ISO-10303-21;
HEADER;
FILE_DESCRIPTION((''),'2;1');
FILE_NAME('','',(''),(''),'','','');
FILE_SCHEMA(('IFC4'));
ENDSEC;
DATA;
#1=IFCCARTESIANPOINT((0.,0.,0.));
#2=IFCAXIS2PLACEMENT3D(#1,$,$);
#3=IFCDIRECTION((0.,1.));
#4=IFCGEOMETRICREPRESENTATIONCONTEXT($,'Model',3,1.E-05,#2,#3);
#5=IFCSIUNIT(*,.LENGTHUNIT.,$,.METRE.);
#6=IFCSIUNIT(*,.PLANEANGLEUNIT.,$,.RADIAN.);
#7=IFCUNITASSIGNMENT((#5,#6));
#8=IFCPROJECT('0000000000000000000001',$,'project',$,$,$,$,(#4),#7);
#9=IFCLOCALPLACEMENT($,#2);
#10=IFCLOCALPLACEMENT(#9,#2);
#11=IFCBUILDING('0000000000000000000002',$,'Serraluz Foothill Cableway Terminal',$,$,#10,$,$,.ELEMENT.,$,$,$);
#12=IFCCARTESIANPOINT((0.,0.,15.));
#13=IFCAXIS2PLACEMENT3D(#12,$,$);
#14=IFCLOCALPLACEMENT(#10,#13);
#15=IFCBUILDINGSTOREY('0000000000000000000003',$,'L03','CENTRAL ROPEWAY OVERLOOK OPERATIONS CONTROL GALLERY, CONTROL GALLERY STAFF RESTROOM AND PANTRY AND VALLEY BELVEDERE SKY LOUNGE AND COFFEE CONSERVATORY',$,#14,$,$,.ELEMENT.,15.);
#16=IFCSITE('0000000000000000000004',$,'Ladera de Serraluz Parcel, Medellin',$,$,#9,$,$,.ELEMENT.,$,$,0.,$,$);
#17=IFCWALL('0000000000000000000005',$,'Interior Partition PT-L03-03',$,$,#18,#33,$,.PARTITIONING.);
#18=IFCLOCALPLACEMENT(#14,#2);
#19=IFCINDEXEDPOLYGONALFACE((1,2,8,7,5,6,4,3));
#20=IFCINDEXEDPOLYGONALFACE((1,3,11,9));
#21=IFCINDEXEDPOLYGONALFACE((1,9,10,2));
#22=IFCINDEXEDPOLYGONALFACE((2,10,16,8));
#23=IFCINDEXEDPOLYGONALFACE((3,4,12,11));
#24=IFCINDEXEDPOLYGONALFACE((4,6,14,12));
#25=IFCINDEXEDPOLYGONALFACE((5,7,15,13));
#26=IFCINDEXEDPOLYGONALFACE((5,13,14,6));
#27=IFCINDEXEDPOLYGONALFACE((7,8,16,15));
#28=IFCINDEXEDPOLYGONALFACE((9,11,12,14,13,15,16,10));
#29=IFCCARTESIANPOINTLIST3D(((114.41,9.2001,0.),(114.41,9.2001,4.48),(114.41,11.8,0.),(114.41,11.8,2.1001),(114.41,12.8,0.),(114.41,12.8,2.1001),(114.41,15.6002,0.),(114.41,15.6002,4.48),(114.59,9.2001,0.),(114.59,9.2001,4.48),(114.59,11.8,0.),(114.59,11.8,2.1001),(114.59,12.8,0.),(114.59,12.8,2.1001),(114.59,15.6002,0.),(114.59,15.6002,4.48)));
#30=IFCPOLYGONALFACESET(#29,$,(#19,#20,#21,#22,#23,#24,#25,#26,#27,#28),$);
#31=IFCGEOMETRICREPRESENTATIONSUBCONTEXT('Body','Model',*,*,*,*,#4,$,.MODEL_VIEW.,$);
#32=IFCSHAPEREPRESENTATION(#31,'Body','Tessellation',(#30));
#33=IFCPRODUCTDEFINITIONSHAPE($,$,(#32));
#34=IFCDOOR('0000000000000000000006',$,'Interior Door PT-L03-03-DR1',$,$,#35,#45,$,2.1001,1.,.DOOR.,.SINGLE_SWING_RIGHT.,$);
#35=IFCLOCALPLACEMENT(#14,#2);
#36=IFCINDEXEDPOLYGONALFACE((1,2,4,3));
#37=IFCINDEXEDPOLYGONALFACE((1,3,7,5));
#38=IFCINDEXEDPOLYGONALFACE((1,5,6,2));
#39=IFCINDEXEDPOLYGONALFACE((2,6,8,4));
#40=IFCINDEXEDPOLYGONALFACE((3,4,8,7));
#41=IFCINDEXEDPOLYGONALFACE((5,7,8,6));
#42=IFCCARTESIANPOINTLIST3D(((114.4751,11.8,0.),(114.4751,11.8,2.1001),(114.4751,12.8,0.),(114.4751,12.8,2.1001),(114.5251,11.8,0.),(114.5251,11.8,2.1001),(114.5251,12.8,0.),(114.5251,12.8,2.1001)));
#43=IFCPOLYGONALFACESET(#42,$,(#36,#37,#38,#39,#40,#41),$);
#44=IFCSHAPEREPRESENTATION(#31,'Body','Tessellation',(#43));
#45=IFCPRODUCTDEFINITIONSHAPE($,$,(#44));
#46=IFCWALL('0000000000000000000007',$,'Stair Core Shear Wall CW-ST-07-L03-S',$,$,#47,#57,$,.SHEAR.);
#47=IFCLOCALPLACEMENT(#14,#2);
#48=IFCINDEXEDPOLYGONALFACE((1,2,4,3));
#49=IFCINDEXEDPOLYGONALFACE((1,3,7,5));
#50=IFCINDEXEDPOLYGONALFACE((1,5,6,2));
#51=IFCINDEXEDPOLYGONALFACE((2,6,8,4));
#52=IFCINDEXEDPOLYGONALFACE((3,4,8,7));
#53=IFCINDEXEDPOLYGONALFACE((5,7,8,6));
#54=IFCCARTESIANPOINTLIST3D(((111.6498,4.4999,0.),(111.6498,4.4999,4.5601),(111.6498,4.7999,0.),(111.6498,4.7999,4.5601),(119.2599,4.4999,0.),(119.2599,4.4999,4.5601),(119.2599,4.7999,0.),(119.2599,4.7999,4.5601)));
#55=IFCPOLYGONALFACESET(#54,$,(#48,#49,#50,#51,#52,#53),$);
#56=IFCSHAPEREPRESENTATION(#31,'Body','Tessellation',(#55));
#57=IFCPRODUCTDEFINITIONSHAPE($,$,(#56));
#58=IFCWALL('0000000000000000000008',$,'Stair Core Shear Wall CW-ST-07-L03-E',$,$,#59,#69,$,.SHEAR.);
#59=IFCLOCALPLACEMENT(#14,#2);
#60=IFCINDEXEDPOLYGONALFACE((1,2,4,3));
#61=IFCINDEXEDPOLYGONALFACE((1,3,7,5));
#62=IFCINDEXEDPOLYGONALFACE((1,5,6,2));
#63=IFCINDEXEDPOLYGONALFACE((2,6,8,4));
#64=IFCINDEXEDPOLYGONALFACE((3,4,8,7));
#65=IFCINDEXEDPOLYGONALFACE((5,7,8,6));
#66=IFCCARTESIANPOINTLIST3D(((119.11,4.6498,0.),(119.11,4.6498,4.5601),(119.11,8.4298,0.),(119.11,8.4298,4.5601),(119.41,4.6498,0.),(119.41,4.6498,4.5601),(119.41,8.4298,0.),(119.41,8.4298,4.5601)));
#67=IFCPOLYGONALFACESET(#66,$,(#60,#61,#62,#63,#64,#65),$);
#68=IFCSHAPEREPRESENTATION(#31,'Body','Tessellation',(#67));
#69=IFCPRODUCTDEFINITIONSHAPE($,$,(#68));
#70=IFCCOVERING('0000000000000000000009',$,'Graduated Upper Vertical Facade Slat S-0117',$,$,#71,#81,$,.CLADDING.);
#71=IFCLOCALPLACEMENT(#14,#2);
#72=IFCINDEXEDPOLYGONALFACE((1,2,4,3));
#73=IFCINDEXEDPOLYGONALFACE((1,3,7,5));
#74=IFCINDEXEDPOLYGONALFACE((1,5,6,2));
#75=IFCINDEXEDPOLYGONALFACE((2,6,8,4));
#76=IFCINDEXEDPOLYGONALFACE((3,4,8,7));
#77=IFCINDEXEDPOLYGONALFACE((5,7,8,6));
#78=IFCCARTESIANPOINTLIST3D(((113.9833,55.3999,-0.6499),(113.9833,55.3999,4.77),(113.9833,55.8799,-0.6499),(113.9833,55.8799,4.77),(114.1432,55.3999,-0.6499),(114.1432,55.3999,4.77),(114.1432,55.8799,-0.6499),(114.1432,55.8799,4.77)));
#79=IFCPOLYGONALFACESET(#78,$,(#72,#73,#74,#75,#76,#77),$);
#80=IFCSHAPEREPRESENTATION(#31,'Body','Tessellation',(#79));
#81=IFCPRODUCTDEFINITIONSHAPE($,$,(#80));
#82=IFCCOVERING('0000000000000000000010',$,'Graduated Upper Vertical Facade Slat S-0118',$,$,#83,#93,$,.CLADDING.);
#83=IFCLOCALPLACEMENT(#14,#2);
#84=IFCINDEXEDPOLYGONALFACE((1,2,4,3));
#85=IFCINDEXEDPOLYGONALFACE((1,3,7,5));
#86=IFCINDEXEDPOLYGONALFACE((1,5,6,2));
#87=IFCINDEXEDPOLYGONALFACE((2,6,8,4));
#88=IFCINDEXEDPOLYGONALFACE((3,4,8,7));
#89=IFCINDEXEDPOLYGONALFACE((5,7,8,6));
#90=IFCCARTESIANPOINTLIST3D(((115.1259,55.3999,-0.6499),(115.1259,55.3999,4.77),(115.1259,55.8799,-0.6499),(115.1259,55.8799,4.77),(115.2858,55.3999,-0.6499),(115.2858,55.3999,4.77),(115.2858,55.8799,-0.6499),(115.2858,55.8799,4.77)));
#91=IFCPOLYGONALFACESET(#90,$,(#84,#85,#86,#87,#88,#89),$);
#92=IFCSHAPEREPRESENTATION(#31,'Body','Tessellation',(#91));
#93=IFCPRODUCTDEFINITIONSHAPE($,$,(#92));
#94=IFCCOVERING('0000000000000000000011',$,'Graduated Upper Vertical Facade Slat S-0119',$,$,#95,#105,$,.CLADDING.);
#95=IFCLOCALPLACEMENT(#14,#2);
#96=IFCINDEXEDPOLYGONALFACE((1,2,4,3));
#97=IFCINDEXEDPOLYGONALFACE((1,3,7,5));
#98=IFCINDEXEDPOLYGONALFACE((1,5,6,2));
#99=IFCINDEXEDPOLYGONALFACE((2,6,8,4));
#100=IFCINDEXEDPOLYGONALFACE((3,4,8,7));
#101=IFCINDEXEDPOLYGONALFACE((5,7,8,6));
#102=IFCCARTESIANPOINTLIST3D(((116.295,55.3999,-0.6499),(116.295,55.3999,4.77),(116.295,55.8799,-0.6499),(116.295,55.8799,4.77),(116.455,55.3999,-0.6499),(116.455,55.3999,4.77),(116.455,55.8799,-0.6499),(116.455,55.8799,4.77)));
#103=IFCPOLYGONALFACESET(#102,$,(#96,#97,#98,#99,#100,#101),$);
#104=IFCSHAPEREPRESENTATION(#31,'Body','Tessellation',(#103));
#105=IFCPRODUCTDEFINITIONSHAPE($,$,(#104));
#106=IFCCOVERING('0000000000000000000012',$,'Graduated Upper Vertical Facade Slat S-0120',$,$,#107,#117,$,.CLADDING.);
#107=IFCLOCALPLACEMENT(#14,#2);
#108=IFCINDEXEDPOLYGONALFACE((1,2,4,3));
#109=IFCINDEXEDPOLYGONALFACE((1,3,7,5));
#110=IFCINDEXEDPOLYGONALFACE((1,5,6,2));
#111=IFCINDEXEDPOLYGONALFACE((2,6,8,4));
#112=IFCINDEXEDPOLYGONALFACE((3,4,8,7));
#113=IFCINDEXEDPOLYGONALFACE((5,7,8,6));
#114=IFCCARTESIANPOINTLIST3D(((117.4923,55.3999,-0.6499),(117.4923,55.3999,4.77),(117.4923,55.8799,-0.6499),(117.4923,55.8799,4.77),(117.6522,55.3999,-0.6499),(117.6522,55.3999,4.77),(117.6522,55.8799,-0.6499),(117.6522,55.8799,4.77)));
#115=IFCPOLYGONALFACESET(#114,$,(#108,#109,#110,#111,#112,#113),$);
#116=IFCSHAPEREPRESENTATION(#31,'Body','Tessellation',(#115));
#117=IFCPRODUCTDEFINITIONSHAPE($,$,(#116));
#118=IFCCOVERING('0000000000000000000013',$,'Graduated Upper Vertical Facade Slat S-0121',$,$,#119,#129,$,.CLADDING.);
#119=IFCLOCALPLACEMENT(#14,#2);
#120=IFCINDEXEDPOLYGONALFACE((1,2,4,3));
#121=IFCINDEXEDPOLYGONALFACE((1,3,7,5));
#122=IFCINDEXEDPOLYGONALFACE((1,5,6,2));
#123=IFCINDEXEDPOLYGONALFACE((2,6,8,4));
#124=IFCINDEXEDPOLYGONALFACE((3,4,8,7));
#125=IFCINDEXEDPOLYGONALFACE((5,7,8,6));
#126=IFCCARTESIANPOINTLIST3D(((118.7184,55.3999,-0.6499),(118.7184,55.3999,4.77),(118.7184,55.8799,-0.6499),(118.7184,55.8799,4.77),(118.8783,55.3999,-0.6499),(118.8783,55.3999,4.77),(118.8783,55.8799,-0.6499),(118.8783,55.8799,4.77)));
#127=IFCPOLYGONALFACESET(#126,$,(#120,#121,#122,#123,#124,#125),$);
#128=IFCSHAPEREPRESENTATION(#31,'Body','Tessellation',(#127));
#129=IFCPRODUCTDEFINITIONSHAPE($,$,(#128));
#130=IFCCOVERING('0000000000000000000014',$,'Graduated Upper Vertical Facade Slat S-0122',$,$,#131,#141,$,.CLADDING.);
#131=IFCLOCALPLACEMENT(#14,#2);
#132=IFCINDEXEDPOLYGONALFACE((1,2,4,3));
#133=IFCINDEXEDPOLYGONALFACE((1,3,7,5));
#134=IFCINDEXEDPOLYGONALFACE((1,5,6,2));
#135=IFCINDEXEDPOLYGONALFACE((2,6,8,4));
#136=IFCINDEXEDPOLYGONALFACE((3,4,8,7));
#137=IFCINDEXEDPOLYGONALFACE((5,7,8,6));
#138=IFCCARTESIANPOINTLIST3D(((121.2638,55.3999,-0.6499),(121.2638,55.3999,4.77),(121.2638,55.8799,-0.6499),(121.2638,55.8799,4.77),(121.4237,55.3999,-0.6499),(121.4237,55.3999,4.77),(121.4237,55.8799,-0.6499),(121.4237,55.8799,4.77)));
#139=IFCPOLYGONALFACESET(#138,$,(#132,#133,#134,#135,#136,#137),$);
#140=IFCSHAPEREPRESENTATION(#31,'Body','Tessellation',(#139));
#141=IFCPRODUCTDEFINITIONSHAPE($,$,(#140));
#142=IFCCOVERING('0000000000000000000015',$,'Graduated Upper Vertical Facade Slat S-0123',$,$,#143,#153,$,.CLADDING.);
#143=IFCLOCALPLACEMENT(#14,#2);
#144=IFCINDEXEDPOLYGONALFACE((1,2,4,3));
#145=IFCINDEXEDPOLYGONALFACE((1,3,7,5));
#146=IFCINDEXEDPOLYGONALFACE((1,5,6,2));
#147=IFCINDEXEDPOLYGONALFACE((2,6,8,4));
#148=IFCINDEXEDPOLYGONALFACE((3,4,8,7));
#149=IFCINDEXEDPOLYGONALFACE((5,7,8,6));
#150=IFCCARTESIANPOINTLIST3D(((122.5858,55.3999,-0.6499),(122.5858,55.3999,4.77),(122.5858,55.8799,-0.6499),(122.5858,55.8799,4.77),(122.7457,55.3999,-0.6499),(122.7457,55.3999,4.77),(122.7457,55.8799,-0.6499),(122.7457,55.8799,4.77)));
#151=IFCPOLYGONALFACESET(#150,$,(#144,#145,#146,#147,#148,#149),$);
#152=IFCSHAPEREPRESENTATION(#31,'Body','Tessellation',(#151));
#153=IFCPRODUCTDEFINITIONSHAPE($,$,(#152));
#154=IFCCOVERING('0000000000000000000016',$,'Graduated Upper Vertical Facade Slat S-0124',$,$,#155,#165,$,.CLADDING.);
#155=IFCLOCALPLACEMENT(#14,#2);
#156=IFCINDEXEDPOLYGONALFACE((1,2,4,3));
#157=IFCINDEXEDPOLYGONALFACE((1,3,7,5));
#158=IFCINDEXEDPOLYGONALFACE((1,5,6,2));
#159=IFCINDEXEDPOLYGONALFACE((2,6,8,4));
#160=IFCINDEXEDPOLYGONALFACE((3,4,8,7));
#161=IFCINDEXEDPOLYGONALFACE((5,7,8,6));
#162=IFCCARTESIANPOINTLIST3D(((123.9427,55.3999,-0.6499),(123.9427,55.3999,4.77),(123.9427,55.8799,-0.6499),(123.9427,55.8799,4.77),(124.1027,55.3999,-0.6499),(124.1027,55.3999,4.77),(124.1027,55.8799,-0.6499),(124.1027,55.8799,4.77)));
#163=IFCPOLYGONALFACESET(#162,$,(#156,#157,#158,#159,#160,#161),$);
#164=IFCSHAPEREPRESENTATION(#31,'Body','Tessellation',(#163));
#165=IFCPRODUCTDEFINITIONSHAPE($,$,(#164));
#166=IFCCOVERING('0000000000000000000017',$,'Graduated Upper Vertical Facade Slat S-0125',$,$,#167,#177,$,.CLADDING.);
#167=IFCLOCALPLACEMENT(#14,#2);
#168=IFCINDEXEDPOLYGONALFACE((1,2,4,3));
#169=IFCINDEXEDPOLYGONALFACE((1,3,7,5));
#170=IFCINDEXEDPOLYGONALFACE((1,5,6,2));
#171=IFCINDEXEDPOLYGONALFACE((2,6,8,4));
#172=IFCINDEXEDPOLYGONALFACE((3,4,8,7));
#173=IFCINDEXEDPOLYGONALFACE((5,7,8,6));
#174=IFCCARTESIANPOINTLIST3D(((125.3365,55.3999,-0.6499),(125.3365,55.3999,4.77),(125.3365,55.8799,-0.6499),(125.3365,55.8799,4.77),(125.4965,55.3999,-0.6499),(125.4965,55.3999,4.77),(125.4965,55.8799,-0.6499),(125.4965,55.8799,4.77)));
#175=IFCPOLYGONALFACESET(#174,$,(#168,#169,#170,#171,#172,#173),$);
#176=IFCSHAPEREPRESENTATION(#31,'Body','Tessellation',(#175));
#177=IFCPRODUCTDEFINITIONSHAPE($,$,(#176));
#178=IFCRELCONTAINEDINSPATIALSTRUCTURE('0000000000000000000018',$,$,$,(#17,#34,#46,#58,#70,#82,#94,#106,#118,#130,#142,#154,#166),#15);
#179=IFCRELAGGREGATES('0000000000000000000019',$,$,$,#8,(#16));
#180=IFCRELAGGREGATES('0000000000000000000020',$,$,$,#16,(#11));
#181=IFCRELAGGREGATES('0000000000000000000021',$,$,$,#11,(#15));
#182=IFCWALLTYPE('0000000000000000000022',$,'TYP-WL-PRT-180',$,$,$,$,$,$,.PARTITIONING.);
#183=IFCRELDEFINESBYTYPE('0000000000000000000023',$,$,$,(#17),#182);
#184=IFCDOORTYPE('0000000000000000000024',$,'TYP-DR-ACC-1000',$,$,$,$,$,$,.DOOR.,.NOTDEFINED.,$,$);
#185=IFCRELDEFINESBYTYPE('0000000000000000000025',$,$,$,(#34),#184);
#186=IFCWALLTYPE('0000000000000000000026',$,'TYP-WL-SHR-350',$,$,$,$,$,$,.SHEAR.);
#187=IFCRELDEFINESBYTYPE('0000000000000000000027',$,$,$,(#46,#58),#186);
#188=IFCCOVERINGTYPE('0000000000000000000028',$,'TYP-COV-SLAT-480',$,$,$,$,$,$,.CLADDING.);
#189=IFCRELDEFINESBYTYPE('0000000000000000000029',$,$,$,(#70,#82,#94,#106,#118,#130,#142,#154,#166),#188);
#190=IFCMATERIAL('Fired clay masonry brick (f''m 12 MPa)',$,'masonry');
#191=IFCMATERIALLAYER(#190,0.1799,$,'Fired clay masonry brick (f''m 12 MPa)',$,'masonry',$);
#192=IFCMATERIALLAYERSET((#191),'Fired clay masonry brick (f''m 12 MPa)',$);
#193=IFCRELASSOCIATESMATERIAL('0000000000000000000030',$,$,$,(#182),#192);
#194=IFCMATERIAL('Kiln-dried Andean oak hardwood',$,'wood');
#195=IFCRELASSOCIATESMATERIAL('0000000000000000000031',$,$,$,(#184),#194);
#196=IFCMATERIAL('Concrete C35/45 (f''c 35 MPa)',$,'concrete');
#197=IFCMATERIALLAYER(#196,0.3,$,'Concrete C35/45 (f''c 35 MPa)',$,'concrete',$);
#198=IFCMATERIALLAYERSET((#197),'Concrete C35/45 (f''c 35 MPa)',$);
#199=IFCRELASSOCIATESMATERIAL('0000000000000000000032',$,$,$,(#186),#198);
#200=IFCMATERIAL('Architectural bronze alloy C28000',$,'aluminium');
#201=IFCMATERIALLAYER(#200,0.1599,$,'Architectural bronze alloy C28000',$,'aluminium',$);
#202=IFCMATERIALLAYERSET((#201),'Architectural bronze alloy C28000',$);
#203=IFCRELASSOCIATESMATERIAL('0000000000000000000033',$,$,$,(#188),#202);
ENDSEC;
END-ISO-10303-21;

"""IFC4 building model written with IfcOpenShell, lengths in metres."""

from ifc_helpers import new_model, si_unit, direction, frame, frame_2d, origin, origin_2d, place, context, subcontext, project, spatial, rectangle, extrude, material, layer, layer_set, type_object, element, fill, save


model = new_model("IFC4")

# Units and contexts
model_context = context("Model", 3, precision=1e-05, world=origin(), true_north=direction((0.0, 1.0)))
body_context = subcontext(model_context, "Body", "Model", "MODEL_VIEW")
ifc_project = project(units=[si_unit("LENGTHUNIT", "METRE"), si_unit("PLANEANGLEUNIT", "RADIAN")], contexts=[model_context])

# Site, building, storey
site_placement = place(None, origin())
site = spatial("IfcSite", under=ifc_project, at=site_placement, Name="Ladera de Serraluz Parcel, Medellin", CompositionType="ELEMENT", RefElevation=0.0)
building_placement = place(site_placement, origin())
building = spatial("IfcBuilding", under=site, at=building_placement, Name="Serraluz Foothill Cableway Terminal", CompositionType="ELEMENT")
storey_placement = place(building_placement, frame((0.0, 0.0, 15.0)))
storey = spatial("IfcBuildingStorey", under=building, at=storey_placement, Name="L03", Description="CENTRAL ROPEWAY OVERLOOK OPERATIONS CONTROL GALLERY, CONTROL GALLERY STAFF RESTROOM AND PANTRY AND VALLEY BELVEDERE SKY LOUNGE AND COFFEE CONSERVATORY", CompositionType="ELEMENT", Elevation=15.0)

# Shared definitions
ifc_material_1 = material(Name="Fired clay masonry brick (f'm 12 MPa)", Category="masonry")

# Shared definitions
ifc_material_2 = material(Name="Architectural bronze alloy C28000", Category="aluminium")

# Wall, opening, door
ifc_layer_1 = layer(ifc_material_1, 0.1799, Name="Fired clay masonry brick (f'm 12 MPa)", Category="masonry")
ifc_layer_set_1 = layer_set([ifc_layer_1], Name="Fired clay masonry brick (f'm 12 MPa)")
wall_type_1 = type_object("IfcWallType", Name="TYP-WL-PRT-180", PredefinedType="PARTITIONING", material=ifc_layer_set_1)
wall_1_placement = place(storey_placement, frame((114.5, 9.2, 0.0), z_axis=(0.0, 0.0, 1.0), x_axis=(0.0, 1.0, 0.0)))
wall_1 = element("IfcWall", 1, at=wall_1_placement, inside=storey, type_object=wall_type_1, Name="Interior Partition PT-L03-03", PredefinedType="PARTITIONING", context=body_context, shape_type="SweptSolid", body=[
    extrude(rectangle(XDim=6.4001, YDim=0.1799, at=frame_2d((3.2002, 0.0))), origin(), (0.0, 0.0, 1.0), 4.48),
])
opening_1_placement = place(wall_1_placement, frame((2.6001, 0.0, 0.0)))
opening_1 = element("IfcOpeningElement", 2, at=opening_1_placement, cuts=wall_1, PredefinedType="OPENING", context=body_context, shape_type="SweptSolid", body=[
    extrude(rectangle(XDim=1.0, YDim=2.1001, at=frame_2d((0.5, 1.05))), frame((0.0, 0.1001, 0.0), z_axis=(0.0, -1.0, 0.0), x_axis=(1.0, 0.0, 0.0)), (0.0, 0.0, 1.0), 0.2),
])
ifc_material_3 = material(Name="Kiln-dried Andean oak hardwood", Category="wood")
door_type_1 = type_object("IfcDoorType", Name="TYP-DR-ACC-1000", OperationType="NOTDEFINED", PredefinedType="DOOR", material=ifc_material_3)
door_1_placement = place(opening_1_placement, origin())
door_1 = element("IfcDoor", 3, at=door_1_placement, inside=storey, type_object=door_type_1, Name="Interior Door PT-L03-03-DR1", OperationType="SINGLE_SWING_RIGHT", OverallHeight=2.1001, OverallWidth=1.0, PredefinedType="DOOR", context=body_context, shape_type="SweptSolid", body=[
    extrude(rectangle(XDim=1.0, YDim=2.1001, at=frame_2d((0.5, 1.05))), frame((0.0, 0.0249, 0.0), z_axis=(0.0, -1.0, 0.0), x_axis=(1.0, 0.0, 0.0)), (0.0, 0.0, 1.0), 0.05),
])
fill(opening_1, door_1)

# Walls
ifc_material_4 = material(Name="Concrete C35/45 (f'c 35 MPa)", Category="concrete")
ifc_layer_2 = layer(ifc_material_4, 0.3, Name="Concrete C35/45 (f'c 35 MPa)", Category="concrete")
ifc_layer_set_2 = layer_set([ifc_layer_2], Name="Concrete C35/45 (f'c 35 MPa)")
wall_type_2 = type_object("IfcWallType", Name="TYP-WL-SHR-350", PredefinedType="SHEAR", material=ifc_layer_set_2)
wall_2_placement = place(storey_placement, frame((119.26, 4.6499, 0.0), z_axis=(0.0, 0.0, 1.0), x_axis=(-1.0, 0.0, 0.0)))
element("IfcWall", 4, at=wall_2_placement, inside=storey, type_object=wall_type_2, Name="Stair Core Shear Wall CW-ST-07-L03-S", PredefinedType="SHEAR", context=body_context, shape_type="SweptSolid", body=[
    extrude(rectangle(XDim=7.6101, YDim=0.3, at=frame_2d((3.8052, 0.0))), origin(), (0.0, 0.0, 1.0), 4.5601),
])
wall_3_placement = place(storey_placement, frame((119.26, 8.4299, 0.0), z_axis=(0.0, 0.0, 1.0), x_axis=(0.0, -1.0, 0.0)))
element("IfcWall", 5, at=wall_3_placement, inside=storey, type_object=wall_type_2, Name="Stair Core Shear Wall CW-ST-07-L03-E", PredefinedType="SHEAR", context=body_context, shape_type="SweptSolid", body=[
    extrude(rectangle(XDim=3.78, YDim=0.3, at=frame_2d((1.8901, 0.0))), origin(), (0.0, 0.0, 1.0), 4.5601),
])

# Coverings
ifc_layer_3 = layer(ifc_material_2, 0.1599, Name="Architectural bronze alloy C28000", Category="aluminium")
ifc_layer_set_3 = layer_set([ifc_layer_3], Name="Architectural bronze alloy C28000")
covering_type = type_object("IfcCoveringType", Name="TYP-COV-SLAT-480", PredefinedType="CLADDING", material=ifc_layer_set_3)
for number, where, z_axis, x_axis, name in (
    (6, (114.0632, 55.6399, -0.6499), (0.0, 0.0, 1.0), (1.0, 0.0, 0.0), "Graduated Upper Vertical Facade Slat S-0117"),
    (7, (115.2058, 55.6399, -0.6499), (0.0, 0.0, 1.0), (1.0, 0.0, 0.0), "Graduated Upper Vertical Facade Slat S-0118"),
    (8, (116.375, 55.6399, -0.6499), (0.0, 0.0, 1.0), (1.0, 0.0, 0.0), "Graduated Upper Vertical Facade Slat S-0119"),
    (9, (117.5723, 55.6399, -0.6499), (0.0, 0.0, 1.0), (1.0, 0.0, 0.0), "Graduated Upper Vertical Facade Slat S-0120"),
    (10, (118.7983, 55.6399, -0.6499), (0.0, 0.0, 1.0), (1.0, 0.0, 0.0), "Graduated Upper Vertical Facade Slat S-0121"),
    (11, (121.3438, 55.6399, -0.6499), (0.0, 0.0, 1.0), (1.0, 0.0, 0.0), "Graduated Upper Vertical Facade Slat S-0122"),
    (12, (122.6658, 55.6399, -0.6499), (0.0, 0.0, 1.0), (1.0, 0.0, 0.0), "Graduated Upper Vertical Facade Slat S-0123"),
    (13, (124.0227, 55.6399, -0.6499), (0.0, 0.0, 1.0), (1.0, 0.0, 0.0), "Graduated Upper Vertical Facade Slat S-0124"),
    (14, (125.4165, 55.6399, -0.6499), (0.0, 0.0, 1.0), (1.0, 0.0, 0.0), "Graduated Upper Vertical Facade Slat S-0125"),
):
    element("IfcCovering", number, at=place(storey_placement, frame(where, z_axis=z_axis, x_axis=x_axis)), inside=storey, type_object=covering_type, Name=name, PredefinedType="CLADDING", context=body_context, shape_type="SweptSolid", body=[
        extrude(rectangle(XDim=0.1599, YDim=0.48, at=origin_2d()), origin(), (0.0, 0.0, 1.0), 5.4199),
    ])

save(model, "model.ifc")
